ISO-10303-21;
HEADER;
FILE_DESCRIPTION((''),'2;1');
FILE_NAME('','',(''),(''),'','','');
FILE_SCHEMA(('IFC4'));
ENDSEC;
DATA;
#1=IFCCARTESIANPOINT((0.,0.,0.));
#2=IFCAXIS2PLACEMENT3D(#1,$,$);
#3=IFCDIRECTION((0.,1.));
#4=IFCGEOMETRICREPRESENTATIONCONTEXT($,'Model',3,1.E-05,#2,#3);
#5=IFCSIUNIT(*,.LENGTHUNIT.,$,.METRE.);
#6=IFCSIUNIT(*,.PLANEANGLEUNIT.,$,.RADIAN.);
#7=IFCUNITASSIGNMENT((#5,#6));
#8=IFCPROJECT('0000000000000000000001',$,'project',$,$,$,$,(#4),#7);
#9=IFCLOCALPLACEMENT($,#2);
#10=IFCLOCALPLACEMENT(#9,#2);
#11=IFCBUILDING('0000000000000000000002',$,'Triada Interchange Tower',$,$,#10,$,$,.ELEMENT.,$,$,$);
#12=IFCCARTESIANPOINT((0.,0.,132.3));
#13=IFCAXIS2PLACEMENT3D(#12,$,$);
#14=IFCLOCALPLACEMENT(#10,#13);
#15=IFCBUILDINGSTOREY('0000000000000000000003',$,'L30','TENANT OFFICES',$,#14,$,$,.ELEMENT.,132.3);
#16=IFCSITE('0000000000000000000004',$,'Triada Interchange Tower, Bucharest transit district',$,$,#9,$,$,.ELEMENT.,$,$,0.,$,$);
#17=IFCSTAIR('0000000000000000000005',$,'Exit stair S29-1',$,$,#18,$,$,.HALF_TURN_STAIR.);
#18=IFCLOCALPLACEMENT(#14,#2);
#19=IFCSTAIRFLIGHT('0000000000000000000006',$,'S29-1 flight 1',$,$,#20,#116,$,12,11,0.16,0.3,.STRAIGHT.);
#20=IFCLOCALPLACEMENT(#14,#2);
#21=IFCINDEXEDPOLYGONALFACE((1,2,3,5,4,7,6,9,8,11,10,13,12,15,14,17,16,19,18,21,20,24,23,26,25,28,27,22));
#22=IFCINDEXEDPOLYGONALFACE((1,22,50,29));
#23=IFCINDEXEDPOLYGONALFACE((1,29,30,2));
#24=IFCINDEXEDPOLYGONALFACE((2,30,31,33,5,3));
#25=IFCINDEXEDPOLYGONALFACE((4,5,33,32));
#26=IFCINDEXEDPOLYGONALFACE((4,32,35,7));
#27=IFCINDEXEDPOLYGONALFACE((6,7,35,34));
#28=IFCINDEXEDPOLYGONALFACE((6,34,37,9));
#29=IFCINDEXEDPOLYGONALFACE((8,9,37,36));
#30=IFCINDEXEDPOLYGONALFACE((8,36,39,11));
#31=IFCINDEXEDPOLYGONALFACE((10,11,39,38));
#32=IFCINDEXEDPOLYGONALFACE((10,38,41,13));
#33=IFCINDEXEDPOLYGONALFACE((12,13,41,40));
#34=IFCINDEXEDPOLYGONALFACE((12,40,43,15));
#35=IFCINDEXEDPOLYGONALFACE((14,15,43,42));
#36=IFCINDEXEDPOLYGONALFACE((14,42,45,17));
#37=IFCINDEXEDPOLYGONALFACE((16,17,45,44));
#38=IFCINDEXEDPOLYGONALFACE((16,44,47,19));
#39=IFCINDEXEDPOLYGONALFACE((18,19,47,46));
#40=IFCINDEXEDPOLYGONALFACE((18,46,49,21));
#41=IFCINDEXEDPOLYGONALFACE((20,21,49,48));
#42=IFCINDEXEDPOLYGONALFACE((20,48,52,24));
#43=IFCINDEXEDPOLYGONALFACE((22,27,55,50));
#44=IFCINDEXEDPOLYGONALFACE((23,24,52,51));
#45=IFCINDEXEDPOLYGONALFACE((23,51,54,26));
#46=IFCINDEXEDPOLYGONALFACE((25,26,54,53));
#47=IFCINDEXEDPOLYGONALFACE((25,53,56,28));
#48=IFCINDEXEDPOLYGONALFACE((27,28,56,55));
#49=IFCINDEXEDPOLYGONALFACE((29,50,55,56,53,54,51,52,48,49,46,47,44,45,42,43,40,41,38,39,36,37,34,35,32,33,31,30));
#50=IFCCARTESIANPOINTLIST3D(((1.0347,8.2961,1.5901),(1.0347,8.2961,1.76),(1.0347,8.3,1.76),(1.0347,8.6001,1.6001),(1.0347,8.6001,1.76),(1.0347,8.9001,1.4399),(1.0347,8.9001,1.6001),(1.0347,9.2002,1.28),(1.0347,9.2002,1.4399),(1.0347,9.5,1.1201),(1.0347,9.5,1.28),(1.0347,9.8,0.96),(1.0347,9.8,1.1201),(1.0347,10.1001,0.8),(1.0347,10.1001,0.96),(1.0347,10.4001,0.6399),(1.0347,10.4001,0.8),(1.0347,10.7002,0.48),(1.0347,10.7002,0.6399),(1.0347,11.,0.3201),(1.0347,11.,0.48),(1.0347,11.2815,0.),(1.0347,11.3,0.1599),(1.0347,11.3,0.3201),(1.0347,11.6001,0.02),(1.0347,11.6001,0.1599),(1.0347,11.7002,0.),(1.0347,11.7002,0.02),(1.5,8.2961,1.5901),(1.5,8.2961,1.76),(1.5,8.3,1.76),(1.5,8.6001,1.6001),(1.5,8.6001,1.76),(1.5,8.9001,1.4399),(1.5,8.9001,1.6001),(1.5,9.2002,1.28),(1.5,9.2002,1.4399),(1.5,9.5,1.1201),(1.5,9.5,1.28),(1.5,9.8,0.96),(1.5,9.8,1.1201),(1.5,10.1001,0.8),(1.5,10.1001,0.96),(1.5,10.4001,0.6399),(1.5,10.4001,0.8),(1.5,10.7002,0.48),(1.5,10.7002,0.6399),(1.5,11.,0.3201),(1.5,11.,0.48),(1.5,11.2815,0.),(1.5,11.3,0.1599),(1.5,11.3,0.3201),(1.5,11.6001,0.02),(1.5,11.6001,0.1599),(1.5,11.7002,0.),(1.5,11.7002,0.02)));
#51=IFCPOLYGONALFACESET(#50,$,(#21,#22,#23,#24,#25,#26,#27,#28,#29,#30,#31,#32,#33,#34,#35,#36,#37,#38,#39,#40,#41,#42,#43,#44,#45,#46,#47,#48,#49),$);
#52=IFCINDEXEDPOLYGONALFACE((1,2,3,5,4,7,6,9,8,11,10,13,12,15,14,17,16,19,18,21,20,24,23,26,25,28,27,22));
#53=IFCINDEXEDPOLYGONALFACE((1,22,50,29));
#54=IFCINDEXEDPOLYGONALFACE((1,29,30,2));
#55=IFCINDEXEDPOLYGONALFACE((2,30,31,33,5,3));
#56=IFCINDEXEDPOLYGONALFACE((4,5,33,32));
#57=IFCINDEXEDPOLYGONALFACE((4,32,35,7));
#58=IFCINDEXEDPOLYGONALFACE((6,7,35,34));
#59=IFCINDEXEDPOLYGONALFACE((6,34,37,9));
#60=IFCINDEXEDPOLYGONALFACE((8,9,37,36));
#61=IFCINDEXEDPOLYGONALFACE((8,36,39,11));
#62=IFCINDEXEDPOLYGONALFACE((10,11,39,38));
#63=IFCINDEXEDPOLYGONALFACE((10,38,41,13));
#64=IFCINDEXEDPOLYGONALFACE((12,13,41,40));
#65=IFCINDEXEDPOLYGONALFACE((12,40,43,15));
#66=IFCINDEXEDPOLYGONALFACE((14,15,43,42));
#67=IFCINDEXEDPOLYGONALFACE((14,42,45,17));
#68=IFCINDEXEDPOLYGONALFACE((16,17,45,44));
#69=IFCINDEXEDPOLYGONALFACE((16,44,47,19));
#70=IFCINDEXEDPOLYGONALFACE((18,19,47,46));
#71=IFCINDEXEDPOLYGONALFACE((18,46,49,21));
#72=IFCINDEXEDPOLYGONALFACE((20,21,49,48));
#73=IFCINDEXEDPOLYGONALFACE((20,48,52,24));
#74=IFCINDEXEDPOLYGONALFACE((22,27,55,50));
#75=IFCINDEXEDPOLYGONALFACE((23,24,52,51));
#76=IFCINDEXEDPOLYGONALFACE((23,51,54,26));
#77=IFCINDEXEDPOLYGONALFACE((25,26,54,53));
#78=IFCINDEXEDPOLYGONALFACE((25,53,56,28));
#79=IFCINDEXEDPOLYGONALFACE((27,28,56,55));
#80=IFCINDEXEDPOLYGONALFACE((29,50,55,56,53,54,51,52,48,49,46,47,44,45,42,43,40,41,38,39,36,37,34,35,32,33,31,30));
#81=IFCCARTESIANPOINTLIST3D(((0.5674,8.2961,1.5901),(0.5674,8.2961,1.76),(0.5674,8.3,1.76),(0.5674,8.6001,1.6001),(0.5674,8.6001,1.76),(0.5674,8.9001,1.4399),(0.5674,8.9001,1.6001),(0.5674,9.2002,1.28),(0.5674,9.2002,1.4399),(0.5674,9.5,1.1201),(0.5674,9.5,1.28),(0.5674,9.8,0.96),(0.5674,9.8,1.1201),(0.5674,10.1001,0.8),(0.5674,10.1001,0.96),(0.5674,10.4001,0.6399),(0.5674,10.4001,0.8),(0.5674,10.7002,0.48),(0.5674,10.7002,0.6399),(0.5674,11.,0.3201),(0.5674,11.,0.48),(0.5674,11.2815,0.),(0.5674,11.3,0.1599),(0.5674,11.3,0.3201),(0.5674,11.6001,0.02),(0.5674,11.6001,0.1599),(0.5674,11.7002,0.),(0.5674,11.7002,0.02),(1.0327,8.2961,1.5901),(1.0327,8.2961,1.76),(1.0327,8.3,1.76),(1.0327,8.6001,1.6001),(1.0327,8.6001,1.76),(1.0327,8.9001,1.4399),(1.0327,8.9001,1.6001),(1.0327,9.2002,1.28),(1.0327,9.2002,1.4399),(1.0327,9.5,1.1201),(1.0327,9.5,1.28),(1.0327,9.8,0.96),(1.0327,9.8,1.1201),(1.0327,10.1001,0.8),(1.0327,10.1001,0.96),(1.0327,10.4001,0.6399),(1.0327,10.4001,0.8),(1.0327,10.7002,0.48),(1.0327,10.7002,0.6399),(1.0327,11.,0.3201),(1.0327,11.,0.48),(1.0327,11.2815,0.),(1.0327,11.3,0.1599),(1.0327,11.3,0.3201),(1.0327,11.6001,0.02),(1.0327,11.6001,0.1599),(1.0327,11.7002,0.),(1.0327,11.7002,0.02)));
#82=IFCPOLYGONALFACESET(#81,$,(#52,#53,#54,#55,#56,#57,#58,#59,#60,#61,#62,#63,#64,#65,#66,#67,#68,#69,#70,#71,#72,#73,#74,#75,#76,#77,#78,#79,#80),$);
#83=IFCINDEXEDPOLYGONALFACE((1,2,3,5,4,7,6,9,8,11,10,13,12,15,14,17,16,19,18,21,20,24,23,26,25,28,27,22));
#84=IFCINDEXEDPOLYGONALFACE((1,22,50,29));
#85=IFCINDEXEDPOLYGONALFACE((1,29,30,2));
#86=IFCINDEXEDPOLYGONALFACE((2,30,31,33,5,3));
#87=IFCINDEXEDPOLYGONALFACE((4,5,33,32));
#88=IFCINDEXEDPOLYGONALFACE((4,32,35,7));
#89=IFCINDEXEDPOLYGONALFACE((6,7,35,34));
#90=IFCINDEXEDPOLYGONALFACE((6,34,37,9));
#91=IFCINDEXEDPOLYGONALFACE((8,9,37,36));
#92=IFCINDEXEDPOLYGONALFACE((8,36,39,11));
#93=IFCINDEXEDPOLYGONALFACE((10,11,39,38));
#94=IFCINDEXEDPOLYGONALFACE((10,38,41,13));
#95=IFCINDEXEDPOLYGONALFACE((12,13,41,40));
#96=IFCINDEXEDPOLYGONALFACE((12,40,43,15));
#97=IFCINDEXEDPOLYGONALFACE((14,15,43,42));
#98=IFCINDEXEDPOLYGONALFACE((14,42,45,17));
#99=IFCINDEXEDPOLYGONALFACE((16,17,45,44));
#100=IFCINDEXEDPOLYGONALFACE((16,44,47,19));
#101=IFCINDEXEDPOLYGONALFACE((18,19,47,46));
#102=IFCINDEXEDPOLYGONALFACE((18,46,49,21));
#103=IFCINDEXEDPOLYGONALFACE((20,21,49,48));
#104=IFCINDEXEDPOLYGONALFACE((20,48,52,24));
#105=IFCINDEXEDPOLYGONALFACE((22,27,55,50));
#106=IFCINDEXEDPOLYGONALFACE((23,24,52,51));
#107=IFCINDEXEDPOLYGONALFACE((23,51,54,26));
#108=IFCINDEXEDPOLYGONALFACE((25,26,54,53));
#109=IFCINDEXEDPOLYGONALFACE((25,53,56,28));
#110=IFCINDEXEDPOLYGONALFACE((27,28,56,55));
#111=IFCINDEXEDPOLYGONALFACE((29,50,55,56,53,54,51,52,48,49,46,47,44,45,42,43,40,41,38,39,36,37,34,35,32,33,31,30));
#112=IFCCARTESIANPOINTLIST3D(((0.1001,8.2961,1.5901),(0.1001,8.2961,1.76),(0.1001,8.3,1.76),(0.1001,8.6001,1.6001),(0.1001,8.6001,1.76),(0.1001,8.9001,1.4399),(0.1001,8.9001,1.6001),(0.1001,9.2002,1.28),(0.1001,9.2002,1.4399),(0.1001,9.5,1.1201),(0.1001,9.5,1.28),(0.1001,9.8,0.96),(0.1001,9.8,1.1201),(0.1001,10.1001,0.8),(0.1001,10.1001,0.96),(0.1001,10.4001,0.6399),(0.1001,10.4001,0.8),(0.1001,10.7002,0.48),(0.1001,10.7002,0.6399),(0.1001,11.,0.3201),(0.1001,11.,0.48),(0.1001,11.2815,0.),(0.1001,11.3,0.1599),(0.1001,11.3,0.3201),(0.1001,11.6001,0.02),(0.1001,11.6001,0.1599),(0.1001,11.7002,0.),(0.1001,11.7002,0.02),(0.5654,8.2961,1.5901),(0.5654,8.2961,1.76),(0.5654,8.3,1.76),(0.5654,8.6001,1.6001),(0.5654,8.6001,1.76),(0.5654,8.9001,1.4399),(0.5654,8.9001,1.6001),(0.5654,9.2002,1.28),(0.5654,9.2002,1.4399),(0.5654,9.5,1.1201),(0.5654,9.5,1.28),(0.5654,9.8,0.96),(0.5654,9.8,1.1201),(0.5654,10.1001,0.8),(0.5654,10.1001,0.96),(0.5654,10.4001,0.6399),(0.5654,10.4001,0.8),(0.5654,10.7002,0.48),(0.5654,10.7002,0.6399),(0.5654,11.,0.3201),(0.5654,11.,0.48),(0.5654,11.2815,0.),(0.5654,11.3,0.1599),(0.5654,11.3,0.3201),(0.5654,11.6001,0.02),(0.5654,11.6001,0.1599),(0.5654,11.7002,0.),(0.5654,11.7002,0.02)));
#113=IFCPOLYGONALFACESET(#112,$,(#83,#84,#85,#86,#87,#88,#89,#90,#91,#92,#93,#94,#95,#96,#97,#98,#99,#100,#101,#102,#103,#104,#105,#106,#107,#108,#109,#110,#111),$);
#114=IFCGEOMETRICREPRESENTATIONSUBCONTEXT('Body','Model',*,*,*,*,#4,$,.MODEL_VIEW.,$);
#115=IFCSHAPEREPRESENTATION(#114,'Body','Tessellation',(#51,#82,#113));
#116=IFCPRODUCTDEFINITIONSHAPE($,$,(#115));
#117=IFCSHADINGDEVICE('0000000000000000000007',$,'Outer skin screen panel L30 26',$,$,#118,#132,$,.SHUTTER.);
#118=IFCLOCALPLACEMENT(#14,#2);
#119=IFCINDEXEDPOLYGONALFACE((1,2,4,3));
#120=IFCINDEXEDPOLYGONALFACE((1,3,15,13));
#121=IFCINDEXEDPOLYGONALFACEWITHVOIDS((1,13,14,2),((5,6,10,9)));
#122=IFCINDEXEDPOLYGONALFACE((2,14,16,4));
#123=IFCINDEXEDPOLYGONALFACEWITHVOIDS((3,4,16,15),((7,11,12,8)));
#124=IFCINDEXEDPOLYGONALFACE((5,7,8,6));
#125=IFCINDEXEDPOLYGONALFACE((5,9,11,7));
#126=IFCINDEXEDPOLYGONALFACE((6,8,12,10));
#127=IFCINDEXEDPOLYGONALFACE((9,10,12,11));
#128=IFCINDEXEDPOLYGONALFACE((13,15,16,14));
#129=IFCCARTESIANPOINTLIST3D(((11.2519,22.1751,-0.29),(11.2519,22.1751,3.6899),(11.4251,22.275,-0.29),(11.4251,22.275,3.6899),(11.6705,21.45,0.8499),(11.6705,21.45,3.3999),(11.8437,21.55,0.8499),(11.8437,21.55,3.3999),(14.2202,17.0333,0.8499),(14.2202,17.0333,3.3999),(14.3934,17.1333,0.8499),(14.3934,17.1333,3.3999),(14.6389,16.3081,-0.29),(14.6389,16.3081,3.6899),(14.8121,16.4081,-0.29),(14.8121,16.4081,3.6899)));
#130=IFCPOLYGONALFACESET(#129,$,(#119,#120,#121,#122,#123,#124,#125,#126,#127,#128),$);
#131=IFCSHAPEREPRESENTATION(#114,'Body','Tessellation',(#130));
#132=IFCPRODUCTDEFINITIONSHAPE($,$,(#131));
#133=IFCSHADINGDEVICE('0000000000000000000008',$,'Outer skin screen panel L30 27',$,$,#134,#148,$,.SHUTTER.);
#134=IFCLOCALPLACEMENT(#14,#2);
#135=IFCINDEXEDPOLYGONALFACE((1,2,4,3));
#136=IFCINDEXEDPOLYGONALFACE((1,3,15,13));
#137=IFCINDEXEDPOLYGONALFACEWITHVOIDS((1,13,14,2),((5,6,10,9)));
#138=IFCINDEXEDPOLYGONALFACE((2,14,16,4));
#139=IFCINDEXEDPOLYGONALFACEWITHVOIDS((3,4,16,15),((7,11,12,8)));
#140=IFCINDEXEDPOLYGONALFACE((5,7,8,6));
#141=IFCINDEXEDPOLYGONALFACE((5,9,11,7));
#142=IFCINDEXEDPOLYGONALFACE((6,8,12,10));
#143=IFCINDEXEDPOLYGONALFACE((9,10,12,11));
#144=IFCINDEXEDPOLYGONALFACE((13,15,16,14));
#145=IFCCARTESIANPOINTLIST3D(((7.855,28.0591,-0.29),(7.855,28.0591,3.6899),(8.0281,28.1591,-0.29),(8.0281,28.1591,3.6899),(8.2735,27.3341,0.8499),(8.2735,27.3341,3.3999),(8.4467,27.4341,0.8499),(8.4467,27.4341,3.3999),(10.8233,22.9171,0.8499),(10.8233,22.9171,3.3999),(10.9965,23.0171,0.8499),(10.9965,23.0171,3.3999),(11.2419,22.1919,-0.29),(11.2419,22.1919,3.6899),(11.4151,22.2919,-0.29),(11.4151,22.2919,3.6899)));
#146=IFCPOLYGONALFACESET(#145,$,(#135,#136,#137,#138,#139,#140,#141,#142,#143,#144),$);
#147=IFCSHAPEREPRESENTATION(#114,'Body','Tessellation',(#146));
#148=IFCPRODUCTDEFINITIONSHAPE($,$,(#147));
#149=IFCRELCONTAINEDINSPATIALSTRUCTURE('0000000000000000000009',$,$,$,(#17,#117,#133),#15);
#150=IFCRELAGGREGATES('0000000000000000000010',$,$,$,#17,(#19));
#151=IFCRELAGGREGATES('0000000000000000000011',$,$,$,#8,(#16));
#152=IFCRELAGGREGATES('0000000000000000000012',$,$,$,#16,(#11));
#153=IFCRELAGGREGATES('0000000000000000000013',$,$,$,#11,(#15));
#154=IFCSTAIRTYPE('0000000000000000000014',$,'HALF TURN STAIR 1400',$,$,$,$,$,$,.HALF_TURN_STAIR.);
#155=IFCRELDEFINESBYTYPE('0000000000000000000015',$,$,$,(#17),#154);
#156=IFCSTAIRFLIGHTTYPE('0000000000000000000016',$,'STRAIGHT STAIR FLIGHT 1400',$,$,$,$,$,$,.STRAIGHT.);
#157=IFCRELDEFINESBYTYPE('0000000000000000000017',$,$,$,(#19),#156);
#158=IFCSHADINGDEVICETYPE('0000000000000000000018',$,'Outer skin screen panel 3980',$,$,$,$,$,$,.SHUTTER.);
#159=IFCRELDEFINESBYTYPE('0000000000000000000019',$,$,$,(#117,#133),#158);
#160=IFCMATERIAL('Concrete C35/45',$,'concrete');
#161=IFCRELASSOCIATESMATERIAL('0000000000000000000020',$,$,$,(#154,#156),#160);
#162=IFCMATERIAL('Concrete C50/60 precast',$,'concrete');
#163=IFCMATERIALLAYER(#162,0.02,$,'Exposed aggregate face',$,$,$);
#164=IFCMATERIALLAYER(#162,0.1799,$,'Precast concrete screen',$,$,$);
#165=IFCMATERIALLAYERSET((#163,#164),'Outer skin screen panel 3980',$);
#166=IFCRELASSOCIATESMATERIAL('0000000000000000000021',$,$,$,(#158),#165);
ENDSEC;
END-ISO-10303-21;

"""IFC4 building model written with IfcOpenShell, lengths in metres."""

from ifc_helpers import new_model, si_unit, direction, frame, origin, place, context, subcontext, project, spatial, polyline, outline, extrude, material, layer, layer_set, type_object, element, aggregate, save


model = new_model("IFC4")

# Units and contexts
model_context = context("Model", 3, precision=1e-05, world=origin(), true_north=direction((0.0, 1.0)))
body_context = subcontext(model_context, "Body", "Model", "MODEL_VIEW")
ifc_project = project(units=[si_unit("LENGTHUNIT", "METRE"), si_unit("PLANEANGLEUNIT", "RADIAN")], contexts=[model_context])

# Site, building, storey
site_placement = place(None, origin())
site = spatial("IfcSite", under=ifc_project, at=site_placement, Name="Triada Interchange Tower, Bucharest transit district", CompositionType="ELEMENT", RefElevation=0.0)
building_placement = place(site_placement, origin())
building = spatial("IfcBuilding", under=site, at=building_placement, Name="Triada Interchange Tower", CompositionType="ELEMENT")
storey_placement = place(building_placement, frame((0.0, 0.0, 132.3)))
storey = spatial("IfcBuildingStorey", under=building, at=storey_placement, Name="L30", Description="TENANT OFFICES", CompositionType="ELEMENT", Elevation=132.3)

# Stair, stair flight
ifc_material_1 = material(Name="Concrete C35/45", Category="concrete")
stair_type = type_object("IfcStairType", Name="HALF TURN STAIR 1400", PredefinedType="HALF_TURN_STAIR", material=ifc_material_1)
stair_placement = place(storey_placement, origin())
stair = element("IfcStair", 1, at=stair_placement, inside=storey, type_object=stair_type, Name="Exit stair S29-1", PredefinedType="HALF_TURN_STAIR")
stair_flight_type = type_object("IfcStairFlightType", Name="STRAIGHT STAIR FLIGHT 1400", PredefinedType="STRAIGHT", material=ifc_material_1)
stair_flight_placement = place(storey_placement, frame((0.8, 11.6001, 0.0), z_axis=(0.0, 0.0, 1.0), x_axis=(0.0, -1.0, 0.0)))
stair_flight = element("IfcStairFlight", 2, at=stair_flight_placement, type_object=stair_flight_type, Name="S29-1 flight 1", NumberOfRisers=12, NumberOfTreads=11, PredefinedType="STRAIGHT", RiserHeight=0.16, TreadLength=0.3, context=body_context, shape_type="SweptSolid", body=[
    extrude(outline(polyline([(-0.1001, 0.0), (-0.1001, 0.02), (0.0, 0.02), (0.0, 0.1599), (0.3, 0.1599), (0.3, 0.3201), (0.6001, 0.3201), (0.6001, 0.48), (0.8999, 0.48), (0.8999, 0.6399), (1.2, 0.6399), (1.2, 0.8), (1.5, 0.8), (1.5, 0.96), (1.8, 0.96), (1.8, 1.1201), (2.1001, 1.1201), (2.1001, 1.28), (2.3999, 1.28), (2.3999, 1.4399), (2.7, 1.4399), (2.7, 1.6001), (3.0, 1.6001), (3.0, 1.76), (3.3, 1.76), (3.304, 1.76), (3.304, 1.9199), (3.304, 1.5901), (0.3186, 0.0), (-0.1001, 0.0)])), frame((0.0, 0.7, 0.0), z_axis=(0.0, -1.0, 0.0), x_axis=(1.0, 0.0, 0.0)), (0.0, 0.0, 1.0), 0.4653),
    extrude(outline(polyline([(-0.1001, 0.0), (-0.1001, 0.02), (0.0, 0.02), (0.0, 0.1599), (0.3, 0.1599), (0.3, 0.3201), (0.6001, 0.3201), (0.6001, 0.48), (0.8999, 0.48), (0.8999, 0.6399), (1.2, 0.6399), (1.2, 0.8), (1.5, 0.8), (1.5, 0.96), (1.8, 0.96), (1.8, 1.1201), (2.1001, 1.1201), (2.1001, 1.28), (2.3999, 1.28), (2.3999, 1.4399), (2.7, 1.4399), (2.7, 1.6001), (3.0, 1.6001), (3.0, 1.76), (3.3, 1.76), (3.304, 1.76), (3.304, 1.9199), (3.304, 1.5901), (0.3186, 0.0), (-0.1001, 0.0)])), frame((0.0, 0.2327, 0.0), z_axis=(0.0, -1.0, 0.0), x_axis=(1.0, 0.0, 0.0)), (0.0, 0.0, 1.0), 0.4653),
    extrude(outline(polyline([(-0.1001, 0.0), (-0.1001, 0.02), (0.0, 0.02), (0.0, 0.1599), (0.3, 0.1599), (0.3, 0.3201), (0.6001, 0.3201), (0.6001, 0.48), (0.8999, 0.48), (0.8999, 0.6399), (1.2, 0.6399), (1.2, 0.8), (1.5, 0.8), (1.5, 0.96), (1.8, 0.96), (1.8, 1.1201), (2.1001, 1.1201), (2.1001, 1.28), (2.3999, 1.28), (2.3999, 1.4399), (2.7, 1.4399), (2.7, 1.6001), (3.0, 1.6001), (3.0, 1.76), (3.3, 1.76), (3.304, 1.76), (3.304, 1.9199), (3.304, 1.5901), (0.3186, 0.0), (-0.1001, 0.0)])), frame((0.0, -0.2346, 0.0), z_axis=(0.0, -1.0, 0.0), x_axis=(1.0, 0.0, 0.0)), (0.0, 0.0, 1.0), 0.4653),
])

# Shading devices
ifc_material_2 = material(Name="Concrete C50/60 precast", Category="concrete")
ifc_layer_1 = layer(ifc_material_2, 0.02, Name="Exposed aggregate face")
ifc_layer_2 = layer(ifc_material_2, 0.1799, Name="Precast concrete screen")
ifc_layer_set_1 = layer_set([ifc_layer_1, ifc_layer_2], Name="Outer skin screen panel 3980")
shading_device_type = type_object("IfcShadingDeviceType", Name="Outer skin screen panel 3980", PredefinedType="SHUTTER", material=ifc_layer_set_1)
shading_device_1_placement = place(storey_placement, frame((14.6389, 16.3081, -0.29), z_axis=(0.0, 0.0, 1.0), x_axis=(-0.499965, 0.866046, 0.0)))
element("IfcShadingDevice", 3, at=shading_device_1_placement, inside=storey, type_object=shading_device_type, Name="Outer skin screen panel L30 26", PredefinedType="SHUTTER", context=body_context, shape_type="SweptSolid", body=[
    extrude(outline(polyline([(0.0, 0.0), (6.7744, 0.0), (6.7744, 3.98), (0.0, 3.98), (0.0, 0.0)]), holes=[polyline([(0.8374, 1.1399), (0.8374, 3.6899), (5.9373, 3.6899), (5.9373, 1.1399), (0.8374, 1.1399)])]), frame((0.0, 0.0, 0.0), z_axis=(0.0, -1.0, 0.0), x_axis=(1.0, 0.0, 0.0)), (0.0, 0.0, 1.0), 0.2),
])
shading_device_2_placement = place(storey_placement, frame((11.2419, 22.1919, -0.29), z_axis=(0.0, 0.0, 1.0), x_axis=(-0.499949, 0.866055, 0.0)))
element("IfcShadingDevice", 4, at=shading_device_2_placement, inside=storey, type_object=shading_device_type, Name="Outer skin screen panel L30 27", PredefinedType="SHUTTER", context=body_context, shape_type="SweptSolid", body=[
    extrude(outline(polyline([(0.0, 0.0), (6.7747, 0.0), (6.7747, 3.98), (0.0, 3.98), (0.0, 0.0)]), holes=[polyline([(0.8374, 1.1399), (0.8374, 3.6899), (5.9375, 3.6899), (5.9375, 1.1399), (0.8374, 1.1399)])]), frame((0.0, 0.0, 0.0), z_axis=(0.0, -1.0, 0.0), x_axis=(1.0, 0.0, 0.0)), (0.0, 0.0, 1.0), 0.2),
])

aggregate(stair, [stair_flight])

save(model, "model.ifc")
